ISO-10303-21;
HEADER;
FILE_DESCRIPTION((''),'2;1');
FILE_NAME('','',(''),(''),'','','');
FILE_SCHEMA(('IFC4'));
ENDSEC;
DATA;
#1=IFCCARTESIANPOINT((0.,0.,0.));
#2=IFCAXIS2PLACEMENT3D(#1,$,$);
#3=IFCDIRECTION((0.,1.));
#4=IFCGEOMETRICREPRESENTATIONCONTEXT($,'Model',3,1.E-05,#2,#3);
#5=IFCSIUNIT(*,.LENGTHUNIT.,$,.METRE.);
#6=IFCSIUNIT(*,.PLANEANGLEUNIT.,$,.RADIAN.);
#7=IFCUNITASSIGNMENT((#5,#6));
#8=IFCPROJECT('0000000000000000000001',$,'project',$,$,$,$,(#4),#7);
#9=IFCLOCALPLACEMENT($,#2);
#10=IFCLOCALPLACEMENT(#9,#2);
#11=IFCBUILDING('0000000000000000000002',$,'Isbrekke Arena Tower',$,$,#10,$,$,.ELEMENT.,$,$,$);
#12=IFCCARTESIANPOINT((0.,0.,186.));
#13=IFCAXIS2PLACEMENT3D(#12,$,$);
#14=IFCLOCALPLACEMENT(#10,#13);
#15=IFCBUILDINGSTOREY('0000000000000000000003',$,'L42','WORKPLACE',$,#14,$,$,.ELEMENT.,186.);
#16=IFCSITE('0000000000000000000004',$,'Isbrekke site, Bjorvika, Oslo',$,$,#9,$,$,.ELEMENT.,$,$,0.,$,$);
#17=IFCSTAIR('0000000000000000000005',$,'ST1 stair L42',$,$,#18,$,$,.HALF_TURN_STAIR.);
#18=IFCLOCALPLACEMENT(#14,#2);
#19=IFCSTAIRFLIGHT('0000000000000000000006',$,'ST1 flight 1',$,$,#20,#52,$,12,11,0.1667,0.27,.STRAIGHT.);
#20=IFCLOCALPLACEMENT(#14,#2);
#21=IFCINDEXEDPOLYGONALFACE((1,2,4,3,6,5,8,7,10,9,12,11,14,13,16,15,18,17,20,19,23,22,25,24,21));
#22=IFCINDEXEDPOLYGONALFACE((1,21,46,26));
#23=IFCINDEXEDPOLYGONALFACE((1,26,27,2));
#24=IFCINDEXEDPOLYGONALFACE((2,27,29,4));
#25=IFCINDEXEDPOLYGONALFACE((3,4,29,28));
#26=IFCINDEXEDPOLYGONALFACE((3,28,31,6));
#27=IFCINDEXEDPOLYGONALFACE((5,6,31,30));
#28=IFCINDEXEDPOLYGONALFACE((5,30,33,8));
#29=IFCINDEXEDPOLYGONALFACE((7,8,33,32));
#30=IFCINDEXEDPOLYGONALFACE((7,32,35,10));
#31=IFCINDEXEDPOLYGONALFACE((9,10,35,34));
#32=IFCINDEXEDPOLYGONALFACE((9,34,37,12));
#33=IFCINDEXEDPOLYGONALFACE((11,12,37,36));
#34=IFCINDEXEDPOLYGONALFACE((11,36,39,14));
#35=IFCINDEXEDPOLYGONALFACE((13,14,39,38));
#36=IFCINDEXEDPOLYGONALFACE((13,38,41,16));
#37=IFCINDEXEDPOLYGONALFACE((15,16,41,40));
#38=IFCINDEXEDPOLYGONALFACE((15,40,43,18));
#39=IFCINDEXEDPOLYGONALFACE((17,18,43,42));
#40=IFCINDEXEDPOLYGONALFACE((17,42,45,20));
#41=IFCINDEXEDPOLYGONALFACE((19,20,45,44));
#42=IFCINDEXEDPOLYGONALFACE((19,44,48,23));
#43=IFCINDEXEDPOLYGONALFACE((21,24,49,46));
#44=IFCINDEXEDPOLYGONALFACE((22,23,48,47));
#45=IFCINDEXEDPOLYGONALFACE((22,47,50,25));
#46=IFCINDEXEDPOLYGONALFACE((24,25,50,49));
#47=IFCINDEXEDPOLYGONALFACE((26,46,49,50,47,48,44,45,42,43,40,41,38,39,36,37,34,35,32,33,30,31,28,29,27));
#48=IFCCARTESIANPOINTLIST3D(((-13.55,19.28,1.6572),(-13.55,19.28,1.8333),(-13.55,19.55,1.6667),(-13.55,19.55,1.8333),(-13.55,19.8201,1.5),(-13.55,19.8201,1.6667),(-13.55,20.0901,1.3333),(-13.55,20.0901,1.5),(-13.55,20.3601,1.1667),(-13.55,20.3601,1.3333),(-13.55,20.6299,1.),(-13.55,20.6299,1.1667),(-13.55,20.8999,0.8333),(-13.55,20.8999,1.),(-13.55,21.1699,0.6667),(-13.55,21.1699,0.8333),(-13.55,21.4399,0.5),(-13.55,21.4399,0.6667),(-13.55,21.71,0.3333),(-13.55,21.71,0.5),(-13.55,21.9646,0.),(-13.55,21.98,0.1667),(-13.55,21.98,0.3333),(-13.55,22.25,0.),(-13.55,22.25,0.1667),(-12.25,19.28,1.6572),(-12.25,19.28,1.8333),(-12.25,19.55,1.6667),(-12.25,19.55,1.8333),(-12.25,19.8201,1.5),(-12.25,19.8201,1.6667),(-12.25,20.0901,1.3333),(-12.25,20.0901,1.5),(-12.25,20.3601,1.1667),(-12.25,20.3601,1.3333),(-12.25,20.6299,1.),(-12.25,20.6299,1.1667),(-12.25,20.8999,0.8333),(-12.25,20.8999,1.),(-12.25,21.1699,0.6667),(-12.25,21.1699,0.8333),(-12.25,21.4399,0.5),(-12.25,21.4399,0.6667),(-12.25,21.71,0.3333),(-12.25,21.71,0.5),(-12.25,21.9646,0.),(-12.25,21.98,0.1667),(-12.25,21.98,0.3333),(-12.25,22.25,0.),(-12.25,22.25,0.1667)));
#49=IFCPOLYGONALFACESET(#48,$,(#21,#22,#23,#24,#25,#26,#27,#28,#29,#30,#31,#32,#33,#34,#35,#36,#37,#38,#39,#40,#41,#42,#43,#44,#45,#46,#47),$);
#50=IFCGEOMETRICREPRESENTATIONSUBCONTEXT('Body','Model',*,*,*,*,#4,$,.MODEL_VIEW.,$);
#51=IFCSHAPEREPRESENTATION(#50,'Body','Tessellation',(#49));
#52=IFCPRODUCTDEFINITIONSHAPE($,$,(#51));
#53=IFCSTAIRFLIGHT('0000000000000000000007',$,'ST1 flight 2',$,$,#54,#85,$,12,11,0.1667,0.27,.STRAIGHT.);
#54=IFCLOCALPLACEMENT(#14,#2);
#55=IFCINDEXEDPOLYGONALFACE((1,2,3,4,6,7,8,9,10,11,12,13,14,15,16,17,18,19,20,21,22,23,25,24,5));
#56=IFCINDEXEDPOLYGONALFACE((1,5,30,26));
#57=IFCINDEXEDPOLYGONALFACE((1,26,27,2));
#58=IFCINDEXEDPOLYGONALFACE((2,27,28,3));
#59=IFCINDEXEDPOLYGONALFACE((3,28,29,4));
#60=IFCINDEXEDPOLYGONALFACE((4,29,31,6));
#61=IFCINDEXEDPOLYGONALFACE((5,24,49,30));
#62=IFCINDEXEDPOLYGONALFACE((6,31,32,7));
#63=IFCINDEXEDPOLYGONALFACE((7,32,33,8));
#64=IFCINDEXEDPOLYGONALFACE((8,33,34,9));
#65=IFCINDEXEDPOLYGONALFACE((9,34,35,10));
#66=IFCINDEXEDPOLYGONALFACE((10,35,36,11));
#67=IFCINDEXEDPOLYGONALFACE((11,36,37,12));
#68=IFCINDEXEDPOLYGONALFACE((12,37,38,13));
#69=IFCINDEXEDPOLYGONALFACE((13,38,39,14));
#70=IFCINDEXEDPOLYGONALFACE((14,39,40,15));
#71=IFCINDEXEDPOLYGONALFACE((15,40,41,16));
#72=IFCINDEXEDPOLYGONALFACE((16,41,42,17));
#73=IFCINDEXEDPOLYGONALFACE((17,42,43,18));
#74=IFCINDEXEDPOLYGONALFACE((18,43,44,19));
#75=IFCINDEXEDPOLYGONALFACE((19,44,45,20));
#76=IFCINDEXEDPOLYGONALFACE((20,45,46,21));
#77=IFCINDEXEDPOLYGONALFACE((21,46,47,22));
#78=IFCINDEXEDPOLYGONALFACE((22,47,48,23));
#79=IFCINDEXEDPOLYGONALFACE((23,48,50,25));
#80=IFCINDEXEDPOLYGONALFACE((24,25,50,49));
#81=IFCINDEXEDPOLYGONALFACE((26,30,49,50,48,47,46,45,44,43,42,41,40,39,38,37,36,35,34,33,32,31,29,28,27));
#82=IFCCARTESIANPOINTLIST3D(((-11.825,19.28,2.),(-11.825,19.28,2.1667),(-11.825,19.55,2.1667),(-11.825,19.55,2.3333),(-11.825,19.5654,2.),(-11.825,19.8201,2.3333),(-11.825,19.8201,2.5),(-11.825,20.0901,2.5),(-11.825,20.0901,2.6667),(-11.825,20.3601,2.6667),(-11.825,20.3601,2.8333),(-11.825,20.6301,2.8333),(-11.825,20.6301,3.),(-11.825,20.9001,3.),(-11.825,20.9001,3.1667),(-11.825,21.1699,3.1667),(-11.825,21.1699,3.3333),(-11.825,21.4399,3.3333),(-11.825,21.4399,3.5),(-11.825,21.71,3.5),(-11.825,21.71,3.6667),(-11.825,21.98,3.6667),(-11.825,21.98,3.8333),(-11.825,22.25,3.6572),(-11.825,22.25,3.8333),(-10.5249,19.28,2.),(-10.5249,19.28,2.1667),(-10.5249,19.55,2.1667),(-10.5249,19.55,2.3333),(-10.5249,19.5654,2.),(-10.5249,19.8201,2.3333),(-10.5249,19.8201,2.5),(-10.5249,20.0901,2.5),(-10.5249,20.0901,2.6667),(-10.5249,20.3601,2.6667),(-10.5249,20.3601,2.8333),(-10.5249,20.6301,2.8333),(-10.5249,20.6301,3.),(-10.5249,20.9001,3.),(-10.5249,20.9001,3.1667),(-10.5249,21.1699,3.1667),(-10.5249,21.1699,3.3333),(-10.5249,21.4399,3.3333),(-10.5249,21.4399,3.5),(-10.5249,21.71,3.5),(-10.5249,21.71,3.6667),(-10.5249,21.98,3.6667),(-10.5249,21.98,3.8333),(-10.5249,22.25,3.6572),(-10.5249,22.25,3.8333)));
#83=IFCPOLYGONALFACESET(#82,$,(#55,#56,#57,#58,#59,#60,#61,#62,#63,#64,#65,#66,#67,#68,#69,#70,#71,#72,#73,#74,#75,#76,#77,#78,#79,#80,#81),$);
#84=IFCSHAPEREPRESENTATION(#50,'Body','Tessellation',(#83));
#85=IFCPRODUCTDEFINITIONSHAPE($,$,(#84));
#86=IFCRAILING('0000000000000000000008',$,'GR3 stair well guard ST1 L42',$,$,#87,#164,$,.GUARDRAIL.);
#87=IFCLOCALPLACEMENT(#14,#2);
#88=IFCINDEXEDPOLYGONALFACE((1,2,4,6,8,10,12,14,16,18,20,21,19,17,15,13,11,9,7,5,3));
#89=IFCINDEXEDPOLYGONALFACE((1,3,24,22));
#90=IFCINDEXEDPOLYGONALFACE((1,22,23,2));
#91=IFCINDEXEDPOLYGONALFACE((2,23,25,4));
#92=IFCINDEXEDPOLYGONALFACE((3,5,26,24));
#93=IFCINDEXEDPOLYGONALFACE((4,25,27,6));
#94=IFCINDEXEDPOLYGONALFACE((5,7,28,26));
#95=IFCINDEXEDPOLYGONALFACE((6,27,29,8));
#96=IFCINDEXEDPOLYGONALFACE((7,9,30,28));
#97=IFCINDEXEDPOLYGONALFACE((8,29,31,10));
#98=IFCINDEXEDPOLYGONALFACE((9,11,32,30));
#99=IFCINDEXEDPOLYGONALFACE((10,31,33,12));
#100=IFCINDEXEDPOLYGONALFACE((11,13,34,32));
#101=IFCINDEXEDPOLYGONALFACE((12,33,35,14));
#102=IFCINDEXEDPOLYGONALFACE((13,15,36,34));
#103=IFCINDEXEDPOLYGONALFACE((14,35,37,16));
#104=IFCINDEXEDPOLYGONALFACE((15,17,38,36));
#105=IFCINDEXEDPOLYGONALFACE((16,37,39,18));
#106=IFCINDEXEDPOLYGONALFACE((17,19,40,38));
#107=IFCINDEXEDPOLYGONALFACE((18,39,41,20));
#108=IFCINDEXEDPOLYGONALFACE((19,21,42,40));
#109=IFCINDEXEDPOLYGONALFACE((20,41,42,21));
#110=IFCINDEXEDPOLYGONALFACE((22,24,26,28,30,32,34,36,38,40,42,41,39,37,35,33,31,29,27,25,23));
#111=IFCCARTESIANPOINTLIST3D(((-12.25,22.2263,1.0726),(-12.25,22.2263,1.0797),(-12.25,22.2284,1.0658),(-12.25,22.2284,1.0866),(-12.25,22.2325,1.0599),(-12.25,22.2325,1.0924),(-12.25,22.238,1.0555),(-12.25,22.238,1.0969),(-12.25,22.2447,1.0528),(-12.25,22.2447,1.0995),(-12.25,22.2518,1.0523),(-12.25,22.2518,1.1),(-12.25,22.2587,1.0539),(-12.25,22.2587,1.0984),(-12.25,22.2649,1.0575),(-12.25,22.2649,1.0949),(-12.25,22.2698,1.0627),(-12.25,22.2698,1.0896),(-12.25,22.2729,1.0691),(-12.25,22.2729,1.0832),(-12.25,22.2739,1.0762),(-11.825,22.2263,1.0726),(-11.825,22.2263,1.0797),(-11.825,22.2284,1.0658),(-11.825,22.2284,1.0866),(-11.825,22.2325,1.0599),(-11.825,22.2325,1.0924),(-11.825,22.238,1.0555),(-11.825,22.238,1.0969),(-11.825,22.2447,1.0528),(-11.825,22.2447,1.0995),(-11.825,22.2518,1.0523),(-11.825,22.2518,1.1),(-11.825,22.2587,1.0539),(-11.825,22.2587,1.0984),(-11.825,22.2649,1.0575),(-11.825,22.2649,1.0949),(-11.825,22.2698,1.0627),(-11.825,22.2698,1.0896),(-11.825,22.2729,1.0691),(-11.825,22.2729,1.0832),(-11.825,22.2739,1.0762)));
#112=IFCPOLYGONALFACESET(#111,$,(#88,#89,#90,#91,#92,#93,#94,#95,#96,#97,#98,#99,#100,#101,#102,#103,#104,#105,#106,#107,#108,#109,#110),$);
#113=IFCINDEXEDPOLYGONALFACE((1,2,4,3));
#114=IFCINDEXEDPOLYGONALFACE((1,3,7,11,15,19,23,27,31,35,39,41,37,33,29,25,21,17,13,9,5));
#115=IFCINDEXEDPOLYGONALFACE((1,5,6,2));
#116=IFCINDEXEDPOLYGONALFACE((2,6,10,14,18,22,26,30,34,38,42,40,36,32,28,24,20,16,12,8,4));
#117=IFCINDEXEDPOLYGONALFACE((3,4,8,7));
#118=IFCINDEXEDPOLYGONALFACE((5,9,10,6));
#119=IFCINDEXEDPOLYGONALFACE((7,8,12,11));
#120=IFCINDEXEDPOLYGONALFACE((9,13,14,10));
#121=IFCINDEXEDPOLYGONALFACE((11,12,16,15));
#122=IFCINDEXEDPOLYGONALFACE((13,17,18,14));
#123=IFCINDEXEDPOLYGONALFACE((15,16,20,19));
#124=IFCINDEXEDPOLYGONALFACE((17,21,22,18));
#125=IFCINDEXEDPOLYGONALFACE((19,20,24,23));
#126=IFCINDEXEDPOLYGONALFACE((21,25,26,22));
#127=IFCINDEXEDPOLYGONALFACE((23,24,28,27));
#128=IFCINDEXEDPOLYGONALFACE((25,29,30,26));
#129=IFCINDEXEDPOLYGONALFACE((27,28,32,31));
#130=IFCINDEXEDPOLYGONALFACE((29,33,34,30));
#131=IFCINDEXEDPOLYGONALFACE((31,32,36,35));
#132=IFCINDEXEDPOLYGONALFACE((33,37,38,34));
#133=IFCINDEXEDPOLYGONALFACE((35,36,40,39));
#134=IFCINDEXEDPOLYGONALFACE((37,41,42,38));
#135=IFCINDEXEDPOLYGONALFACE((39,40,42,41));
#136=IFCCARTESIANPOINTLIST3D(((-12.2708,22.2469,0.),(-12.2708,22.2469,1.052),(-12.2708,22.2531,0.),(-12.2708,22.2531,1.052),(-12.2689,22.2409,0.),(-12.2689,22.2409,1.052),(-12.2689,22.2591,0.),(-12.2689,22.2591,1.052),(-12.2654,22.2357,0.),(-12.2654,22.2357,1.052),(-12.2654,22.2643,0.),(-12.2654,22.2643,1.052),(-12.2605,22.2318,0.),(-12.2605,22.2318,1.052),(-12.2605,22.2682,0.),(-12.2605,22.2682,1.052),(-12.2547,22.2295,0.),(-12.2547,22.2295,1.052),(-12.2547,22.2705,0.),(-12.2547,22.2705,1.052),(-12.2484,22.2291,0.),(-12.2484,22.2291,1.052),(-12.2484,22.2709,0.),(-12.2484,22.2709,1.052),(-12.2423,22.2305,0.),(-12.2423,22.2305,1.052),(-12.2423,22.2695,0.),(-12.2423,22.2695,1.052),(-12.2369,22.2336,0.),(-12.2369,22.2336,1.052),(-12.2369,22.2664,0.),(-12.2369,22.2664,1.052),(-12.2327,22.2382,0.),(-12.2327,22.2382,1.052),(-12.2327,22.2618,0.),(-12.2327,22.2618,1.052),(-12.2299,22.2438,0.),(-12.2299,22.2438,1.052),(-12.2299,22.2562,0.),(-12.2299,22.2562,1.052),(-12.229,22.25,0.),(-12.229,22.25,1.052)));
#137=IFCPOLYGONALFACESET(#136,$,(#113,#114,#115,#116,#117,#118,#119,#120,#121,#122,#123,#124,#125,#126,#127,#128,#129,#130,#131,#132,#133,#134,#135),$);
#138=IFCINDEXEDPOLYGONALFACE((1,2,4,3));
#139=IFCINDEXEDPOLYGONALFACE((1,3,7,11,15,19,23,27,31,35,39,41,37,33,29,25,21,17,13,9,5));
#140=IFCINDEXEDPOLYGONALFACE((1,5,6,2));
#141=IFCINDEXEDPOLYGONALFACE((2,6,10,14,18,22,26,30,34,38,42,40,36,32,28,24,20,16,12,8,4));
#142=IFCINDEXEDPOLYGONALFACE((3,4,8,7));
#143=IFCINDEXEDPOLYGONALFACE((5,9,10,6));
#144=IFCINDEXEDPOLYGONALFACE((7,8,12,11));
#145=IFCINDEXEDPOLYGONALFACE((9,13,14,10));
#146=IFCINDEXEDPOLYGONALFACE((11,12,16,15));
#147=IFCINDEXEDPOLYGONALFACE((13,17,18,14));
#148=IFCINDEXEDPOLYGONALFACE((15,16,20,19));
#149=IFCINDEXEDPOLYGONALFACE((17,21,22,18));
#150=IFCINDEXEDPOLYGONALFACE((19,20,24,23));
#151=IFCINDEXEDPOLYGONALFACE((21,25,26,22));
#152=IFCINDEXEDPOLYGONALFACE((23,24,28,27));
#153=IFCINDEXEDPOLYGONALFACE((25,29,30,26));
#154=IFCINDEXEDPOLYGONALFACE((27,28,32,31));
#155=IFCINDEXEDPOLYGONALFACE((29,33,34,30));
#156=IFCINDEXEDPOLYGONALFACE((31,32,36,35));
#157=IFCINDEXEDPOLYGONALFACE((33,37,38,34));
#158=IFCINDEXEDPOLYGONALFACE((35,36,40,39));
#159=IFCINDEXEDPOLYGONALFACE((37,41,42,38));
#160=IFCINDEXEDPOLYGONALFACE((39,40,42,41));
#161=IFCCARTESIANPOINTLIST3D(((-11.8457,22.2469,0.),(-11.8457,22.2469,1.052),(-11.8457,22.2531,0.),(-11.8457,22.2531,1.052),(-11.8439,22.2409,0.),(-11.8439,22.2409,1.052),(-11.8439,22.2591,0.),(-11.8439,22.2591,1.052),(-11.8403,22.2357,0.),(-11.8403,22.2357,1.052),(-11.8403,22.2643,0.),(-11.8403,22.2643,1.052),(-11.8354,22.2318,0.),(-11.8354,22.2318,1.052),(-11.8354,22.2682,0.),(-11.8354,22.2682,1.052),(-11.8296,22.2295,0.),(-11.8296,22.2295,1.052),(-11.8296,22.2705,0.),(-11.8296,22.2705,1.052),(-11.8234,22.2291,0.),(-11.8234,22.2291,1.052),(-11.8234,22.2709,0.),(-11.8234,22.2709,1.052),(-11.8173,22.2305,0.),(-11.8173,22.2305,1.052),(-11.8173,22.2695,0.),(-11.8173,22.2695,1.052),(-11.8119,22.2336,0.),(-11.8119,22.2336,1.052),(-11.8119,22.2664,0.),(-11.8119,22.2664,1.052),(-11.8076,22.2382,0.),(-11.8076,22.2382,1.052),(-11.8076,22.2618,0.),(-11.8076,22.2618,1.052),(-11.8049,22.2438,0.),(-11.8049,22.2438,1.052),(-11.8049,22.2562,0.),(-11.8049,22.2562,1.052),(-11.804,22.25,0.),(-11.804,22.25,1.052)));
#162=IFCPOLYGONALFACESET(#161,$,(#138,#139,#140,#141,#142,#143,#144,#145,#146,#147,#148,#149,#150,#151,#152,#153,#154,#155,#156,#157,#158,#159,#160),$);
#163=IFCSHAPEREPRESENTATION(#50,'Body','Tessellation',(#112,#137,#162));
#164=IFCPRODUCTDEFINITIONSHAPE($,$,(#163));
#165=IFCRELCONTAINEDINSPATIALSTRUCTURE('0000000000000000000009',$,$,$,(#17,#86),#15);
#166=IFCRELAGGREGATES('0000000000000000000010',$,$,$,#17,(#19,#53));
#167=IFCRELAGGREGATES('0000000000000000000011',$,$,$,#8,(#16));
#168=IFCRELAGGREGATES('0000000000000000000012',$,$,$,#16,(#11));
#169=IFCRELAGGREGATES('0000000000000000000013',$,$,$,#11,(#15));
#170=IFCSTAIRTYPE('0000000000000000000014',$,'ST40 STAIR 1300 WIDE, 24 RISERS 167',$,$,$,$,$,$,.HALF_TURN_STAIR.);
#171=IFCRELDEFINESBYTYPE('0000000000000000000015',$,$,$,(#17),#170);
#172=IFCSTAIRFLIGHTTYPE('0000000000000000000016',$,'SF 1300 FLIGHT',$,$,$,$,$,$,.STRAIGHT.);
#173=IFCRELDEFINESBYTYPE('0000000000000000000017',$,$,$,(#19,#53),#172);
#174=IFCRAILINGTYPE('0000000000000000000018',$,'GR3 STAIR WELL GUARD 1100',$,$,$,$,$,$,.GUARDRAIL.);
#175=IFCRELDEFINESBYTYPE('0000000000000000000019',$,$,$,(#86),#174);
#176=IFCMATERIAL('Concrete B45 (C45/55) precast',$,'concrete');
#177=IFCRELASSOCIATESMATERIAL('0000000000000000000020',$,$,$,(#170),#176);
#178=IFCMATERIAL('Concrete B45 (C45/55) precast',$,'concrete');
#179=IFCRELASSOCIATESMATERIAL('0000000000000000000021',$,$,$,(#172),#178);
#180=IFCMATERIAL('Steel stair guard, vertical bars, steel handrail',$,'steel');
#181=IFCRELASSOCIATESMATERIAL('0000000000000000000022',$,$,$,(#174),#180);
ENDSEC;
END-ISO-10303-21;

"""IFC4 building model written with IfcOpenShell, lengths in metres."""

from ifc_helpers import new_model, si_unit, direction, frame, origin, origin_2d, place, context, subcontext, project, spatial, polyline, circle, outline, extrude, material, type_object, element, aggregate, save


model = new_model("IFC4")

# Units and contexts
model_context = context("Model", 3, precision=1e-05, world=origin(), true_north=direction((0.0, 1.0)))
body_context = subcontext(model_context, "Body", "Model", "MODEL_VIEW")
ifc_project = project(units=[si_unit("LENGTHUNIT", "METRE"), si_unit("PLANEANGLEUNIT", "RADIAN")], contexts=[model_context])

# Site, building, storey
site_placement = place(None, origin())
site = spatial("IfcSite", under=ifc_project, at=site_placement, Name="Isbrekke site, Bjorvika, Oslo", CompositionType="ELEMENT", RefElevation=0.0)
building_placement = place(site_placement, origin())
building = spatial("IfcBuilding", under=site, at=building_placement, Name="Isbrekke Arena Tower", CompositionType="ELEMENT")
storey_placement = place(building_placement, frame((0.0, 0.0, 186.0)))
storey = spatial("IfcBuildingStorey", under=building, at=storey_placement, Name="L42", Description="WORKPLACE", CompositionType="ELEMENT", Elevation=186.0)

# Stair, stair flights
ifc_material_1 = material(Name="Concrete B45 (C45/55) precast", Category="concrete")
stair_type = type_object("IfcStairType", Name="ST40 STAIR 1300 WIDE, 24 RISERS 167", PredefinedType="HALF_TURN_STAIR", material=ifc_material_1)
stair_placement = place(storey_placement, origin())
stair = element("IfcStair", 1, at=stair_placement, inside=storey, type_object=stair_type, Name="ST1 stair L42", PredefinedType="HALF_TURN_STAIR")
ifc_material_2 = material(Name="Concrete B45 (C45/55) precast", Category="concrete")
stair_flight_type = type_object("IfcStairFlightType", Name="SF 1300 FLIGHT", PredefinedType="STRAIGHT", material=ifc_material_2)
stair_flight_1_placement = place(storey_placement, frame((-12.8999, 22.25, 0.0), z_axis=(0.0, 0.0, 1.0), x_axis=(0.0, -1.0, 0.0)))
stair_flight_1 = element("IfcStairFlight", 2, at=stair_flight_1_placement, type_object=stair_flight_type, Name="ST1 flight 1", NumberOfRisers=12, NumberOfTreads=11, PredefinedType="STRAIGHT", RiserHeight=0.1667, TreadLength=0.27, context=body_context, shape_type="SweptSolid", body=[
    extrude(outline(polyline([(0.0, 0.0), (0.0, 0.1667), (0.27, 0.1667), (0.27, 0.3333), (0.54, 0.3333), (0.54, 0.5), (0.8101, 0.5), (0.8101, 0.6667), (1.0801, 0.6667), (1.0801, 0.8333), (1.3501, 0.8333), (1.3501, 1.0), (1.6201, 1.0), (1.6201, 1.1667), (1.8899, 1.1667), (1.8899, 1.3333), (2.1599, 1.3333), (2.1599, 1.5), (2.4299, 1.5), (2.4299, 1.6667), (2.7, 1.6667), (2.7, 1.8333), (2.97, 1.8333), (2.97, 2.0), (2.97, 1.6572), (0.2854, 0.0), (0.0, 0.0)])), frame((0.0, 0.6499, 0.0), z_axis=(0.0, -1.0, 0.0), x_axis=(1.0, 0.0, 0.0)), (0.0, 0.0, 1.0), 1.3),
])
stair_flight_2_placement = place(storey_placement, frame((-11.175, 19.28, 2.0), z_axis=(0.0, 0.0, 1.0), x_axis=(0.0, 1.0, 0.0)))
stair_flight_2 = element("IfcStairFlight", 3, at=stair_flight_2_placement, type_object=stair_flight_type, Name="ST1 flight 2", NumberOfRisers=12, NumberOfTreads=11, PredefinedType="STRAIGHT", RiserHeight=0.1667, TreadLength=0.27, context=body_context, shape_type="SweptSolid", body=[
    extrude(outline(polyline([(0.0, 0.0), (0.0, 0.1667), (0.27, 0.1667), (0.27, 0.3333), (0.54, 0.3333), (0.54, 0.5), (0.8101, 0.5), (0.8101, 0.6667), (1.0801, 0.6667), (1.0801, 0.8333), (1.3501, 0.8333), (1.3501, 1.0), (1.6201, 1.0), (1.6201, 1.1667), (1.8899, 1.1667), (1.8899, 1.3333), (2.1599, 1.3333), (2.1599, 1.5), (2.4299, 1.5), (2.4299, 1.6667), (2.7, 1.6667), (2.7, 1.8333), (2.97, 1.8333), (2.97, 2.0), (2.97, 1.6572), (0.2854, 0.0), (0.0, 0.0)])), frame((0.0, 0.6499, 0.0), z_axis=(0.0, -1.0, 0.0), x_axis=(1.0, 0.0, 0.0)), (0.0, 0.0, 1.0), 1.3),
])
aggregate(stair, [stair_flight_1, stair_flight_2])

# Railing
ifc_material_3 = material(Name="Steel stair guard, vertical bars, steel handrail", Category="steel")
railing_type = type_object("IfcRailingType", Name="GR3 STAIR WELL GUARD 1100", PredefinedType="GUARDRAIL", material=ifc_material_3)
for number, where, name in (
    (4, (-12.25, 22.25, 0.0), "GR3 stair well guard ST1 L42"),
):
    element("IfcRailing", number, at=place(storey_placement, frame(where)), inside=storey, type_object=railing_type, Name=name, PredefinedType="GUARDRAIL", context=body_context, shape_type="SweptSolid", body=[
        extrude(circle(Radius=0.0239, at=origin_2d()), frame((0.0, 0.0, 1.0762), z_axis=(1.0, 0.0, 0.0), x_axis=(0.0, 1.0, 0.0)), (0.0, 0.0, 1.0), 0.425),
        extrude(circle(Radius=0.021, at=origin_2d()), origin(), (0.0, 0.0, 1.0), 1.052),
        extrude(circle(Radius=0.021, at=origin_2d()), frame((0.425, 0.0, 0.0)), (0.0, 0.0, 1.0), 1.052),
    ])

save(model, "model.ifc")
